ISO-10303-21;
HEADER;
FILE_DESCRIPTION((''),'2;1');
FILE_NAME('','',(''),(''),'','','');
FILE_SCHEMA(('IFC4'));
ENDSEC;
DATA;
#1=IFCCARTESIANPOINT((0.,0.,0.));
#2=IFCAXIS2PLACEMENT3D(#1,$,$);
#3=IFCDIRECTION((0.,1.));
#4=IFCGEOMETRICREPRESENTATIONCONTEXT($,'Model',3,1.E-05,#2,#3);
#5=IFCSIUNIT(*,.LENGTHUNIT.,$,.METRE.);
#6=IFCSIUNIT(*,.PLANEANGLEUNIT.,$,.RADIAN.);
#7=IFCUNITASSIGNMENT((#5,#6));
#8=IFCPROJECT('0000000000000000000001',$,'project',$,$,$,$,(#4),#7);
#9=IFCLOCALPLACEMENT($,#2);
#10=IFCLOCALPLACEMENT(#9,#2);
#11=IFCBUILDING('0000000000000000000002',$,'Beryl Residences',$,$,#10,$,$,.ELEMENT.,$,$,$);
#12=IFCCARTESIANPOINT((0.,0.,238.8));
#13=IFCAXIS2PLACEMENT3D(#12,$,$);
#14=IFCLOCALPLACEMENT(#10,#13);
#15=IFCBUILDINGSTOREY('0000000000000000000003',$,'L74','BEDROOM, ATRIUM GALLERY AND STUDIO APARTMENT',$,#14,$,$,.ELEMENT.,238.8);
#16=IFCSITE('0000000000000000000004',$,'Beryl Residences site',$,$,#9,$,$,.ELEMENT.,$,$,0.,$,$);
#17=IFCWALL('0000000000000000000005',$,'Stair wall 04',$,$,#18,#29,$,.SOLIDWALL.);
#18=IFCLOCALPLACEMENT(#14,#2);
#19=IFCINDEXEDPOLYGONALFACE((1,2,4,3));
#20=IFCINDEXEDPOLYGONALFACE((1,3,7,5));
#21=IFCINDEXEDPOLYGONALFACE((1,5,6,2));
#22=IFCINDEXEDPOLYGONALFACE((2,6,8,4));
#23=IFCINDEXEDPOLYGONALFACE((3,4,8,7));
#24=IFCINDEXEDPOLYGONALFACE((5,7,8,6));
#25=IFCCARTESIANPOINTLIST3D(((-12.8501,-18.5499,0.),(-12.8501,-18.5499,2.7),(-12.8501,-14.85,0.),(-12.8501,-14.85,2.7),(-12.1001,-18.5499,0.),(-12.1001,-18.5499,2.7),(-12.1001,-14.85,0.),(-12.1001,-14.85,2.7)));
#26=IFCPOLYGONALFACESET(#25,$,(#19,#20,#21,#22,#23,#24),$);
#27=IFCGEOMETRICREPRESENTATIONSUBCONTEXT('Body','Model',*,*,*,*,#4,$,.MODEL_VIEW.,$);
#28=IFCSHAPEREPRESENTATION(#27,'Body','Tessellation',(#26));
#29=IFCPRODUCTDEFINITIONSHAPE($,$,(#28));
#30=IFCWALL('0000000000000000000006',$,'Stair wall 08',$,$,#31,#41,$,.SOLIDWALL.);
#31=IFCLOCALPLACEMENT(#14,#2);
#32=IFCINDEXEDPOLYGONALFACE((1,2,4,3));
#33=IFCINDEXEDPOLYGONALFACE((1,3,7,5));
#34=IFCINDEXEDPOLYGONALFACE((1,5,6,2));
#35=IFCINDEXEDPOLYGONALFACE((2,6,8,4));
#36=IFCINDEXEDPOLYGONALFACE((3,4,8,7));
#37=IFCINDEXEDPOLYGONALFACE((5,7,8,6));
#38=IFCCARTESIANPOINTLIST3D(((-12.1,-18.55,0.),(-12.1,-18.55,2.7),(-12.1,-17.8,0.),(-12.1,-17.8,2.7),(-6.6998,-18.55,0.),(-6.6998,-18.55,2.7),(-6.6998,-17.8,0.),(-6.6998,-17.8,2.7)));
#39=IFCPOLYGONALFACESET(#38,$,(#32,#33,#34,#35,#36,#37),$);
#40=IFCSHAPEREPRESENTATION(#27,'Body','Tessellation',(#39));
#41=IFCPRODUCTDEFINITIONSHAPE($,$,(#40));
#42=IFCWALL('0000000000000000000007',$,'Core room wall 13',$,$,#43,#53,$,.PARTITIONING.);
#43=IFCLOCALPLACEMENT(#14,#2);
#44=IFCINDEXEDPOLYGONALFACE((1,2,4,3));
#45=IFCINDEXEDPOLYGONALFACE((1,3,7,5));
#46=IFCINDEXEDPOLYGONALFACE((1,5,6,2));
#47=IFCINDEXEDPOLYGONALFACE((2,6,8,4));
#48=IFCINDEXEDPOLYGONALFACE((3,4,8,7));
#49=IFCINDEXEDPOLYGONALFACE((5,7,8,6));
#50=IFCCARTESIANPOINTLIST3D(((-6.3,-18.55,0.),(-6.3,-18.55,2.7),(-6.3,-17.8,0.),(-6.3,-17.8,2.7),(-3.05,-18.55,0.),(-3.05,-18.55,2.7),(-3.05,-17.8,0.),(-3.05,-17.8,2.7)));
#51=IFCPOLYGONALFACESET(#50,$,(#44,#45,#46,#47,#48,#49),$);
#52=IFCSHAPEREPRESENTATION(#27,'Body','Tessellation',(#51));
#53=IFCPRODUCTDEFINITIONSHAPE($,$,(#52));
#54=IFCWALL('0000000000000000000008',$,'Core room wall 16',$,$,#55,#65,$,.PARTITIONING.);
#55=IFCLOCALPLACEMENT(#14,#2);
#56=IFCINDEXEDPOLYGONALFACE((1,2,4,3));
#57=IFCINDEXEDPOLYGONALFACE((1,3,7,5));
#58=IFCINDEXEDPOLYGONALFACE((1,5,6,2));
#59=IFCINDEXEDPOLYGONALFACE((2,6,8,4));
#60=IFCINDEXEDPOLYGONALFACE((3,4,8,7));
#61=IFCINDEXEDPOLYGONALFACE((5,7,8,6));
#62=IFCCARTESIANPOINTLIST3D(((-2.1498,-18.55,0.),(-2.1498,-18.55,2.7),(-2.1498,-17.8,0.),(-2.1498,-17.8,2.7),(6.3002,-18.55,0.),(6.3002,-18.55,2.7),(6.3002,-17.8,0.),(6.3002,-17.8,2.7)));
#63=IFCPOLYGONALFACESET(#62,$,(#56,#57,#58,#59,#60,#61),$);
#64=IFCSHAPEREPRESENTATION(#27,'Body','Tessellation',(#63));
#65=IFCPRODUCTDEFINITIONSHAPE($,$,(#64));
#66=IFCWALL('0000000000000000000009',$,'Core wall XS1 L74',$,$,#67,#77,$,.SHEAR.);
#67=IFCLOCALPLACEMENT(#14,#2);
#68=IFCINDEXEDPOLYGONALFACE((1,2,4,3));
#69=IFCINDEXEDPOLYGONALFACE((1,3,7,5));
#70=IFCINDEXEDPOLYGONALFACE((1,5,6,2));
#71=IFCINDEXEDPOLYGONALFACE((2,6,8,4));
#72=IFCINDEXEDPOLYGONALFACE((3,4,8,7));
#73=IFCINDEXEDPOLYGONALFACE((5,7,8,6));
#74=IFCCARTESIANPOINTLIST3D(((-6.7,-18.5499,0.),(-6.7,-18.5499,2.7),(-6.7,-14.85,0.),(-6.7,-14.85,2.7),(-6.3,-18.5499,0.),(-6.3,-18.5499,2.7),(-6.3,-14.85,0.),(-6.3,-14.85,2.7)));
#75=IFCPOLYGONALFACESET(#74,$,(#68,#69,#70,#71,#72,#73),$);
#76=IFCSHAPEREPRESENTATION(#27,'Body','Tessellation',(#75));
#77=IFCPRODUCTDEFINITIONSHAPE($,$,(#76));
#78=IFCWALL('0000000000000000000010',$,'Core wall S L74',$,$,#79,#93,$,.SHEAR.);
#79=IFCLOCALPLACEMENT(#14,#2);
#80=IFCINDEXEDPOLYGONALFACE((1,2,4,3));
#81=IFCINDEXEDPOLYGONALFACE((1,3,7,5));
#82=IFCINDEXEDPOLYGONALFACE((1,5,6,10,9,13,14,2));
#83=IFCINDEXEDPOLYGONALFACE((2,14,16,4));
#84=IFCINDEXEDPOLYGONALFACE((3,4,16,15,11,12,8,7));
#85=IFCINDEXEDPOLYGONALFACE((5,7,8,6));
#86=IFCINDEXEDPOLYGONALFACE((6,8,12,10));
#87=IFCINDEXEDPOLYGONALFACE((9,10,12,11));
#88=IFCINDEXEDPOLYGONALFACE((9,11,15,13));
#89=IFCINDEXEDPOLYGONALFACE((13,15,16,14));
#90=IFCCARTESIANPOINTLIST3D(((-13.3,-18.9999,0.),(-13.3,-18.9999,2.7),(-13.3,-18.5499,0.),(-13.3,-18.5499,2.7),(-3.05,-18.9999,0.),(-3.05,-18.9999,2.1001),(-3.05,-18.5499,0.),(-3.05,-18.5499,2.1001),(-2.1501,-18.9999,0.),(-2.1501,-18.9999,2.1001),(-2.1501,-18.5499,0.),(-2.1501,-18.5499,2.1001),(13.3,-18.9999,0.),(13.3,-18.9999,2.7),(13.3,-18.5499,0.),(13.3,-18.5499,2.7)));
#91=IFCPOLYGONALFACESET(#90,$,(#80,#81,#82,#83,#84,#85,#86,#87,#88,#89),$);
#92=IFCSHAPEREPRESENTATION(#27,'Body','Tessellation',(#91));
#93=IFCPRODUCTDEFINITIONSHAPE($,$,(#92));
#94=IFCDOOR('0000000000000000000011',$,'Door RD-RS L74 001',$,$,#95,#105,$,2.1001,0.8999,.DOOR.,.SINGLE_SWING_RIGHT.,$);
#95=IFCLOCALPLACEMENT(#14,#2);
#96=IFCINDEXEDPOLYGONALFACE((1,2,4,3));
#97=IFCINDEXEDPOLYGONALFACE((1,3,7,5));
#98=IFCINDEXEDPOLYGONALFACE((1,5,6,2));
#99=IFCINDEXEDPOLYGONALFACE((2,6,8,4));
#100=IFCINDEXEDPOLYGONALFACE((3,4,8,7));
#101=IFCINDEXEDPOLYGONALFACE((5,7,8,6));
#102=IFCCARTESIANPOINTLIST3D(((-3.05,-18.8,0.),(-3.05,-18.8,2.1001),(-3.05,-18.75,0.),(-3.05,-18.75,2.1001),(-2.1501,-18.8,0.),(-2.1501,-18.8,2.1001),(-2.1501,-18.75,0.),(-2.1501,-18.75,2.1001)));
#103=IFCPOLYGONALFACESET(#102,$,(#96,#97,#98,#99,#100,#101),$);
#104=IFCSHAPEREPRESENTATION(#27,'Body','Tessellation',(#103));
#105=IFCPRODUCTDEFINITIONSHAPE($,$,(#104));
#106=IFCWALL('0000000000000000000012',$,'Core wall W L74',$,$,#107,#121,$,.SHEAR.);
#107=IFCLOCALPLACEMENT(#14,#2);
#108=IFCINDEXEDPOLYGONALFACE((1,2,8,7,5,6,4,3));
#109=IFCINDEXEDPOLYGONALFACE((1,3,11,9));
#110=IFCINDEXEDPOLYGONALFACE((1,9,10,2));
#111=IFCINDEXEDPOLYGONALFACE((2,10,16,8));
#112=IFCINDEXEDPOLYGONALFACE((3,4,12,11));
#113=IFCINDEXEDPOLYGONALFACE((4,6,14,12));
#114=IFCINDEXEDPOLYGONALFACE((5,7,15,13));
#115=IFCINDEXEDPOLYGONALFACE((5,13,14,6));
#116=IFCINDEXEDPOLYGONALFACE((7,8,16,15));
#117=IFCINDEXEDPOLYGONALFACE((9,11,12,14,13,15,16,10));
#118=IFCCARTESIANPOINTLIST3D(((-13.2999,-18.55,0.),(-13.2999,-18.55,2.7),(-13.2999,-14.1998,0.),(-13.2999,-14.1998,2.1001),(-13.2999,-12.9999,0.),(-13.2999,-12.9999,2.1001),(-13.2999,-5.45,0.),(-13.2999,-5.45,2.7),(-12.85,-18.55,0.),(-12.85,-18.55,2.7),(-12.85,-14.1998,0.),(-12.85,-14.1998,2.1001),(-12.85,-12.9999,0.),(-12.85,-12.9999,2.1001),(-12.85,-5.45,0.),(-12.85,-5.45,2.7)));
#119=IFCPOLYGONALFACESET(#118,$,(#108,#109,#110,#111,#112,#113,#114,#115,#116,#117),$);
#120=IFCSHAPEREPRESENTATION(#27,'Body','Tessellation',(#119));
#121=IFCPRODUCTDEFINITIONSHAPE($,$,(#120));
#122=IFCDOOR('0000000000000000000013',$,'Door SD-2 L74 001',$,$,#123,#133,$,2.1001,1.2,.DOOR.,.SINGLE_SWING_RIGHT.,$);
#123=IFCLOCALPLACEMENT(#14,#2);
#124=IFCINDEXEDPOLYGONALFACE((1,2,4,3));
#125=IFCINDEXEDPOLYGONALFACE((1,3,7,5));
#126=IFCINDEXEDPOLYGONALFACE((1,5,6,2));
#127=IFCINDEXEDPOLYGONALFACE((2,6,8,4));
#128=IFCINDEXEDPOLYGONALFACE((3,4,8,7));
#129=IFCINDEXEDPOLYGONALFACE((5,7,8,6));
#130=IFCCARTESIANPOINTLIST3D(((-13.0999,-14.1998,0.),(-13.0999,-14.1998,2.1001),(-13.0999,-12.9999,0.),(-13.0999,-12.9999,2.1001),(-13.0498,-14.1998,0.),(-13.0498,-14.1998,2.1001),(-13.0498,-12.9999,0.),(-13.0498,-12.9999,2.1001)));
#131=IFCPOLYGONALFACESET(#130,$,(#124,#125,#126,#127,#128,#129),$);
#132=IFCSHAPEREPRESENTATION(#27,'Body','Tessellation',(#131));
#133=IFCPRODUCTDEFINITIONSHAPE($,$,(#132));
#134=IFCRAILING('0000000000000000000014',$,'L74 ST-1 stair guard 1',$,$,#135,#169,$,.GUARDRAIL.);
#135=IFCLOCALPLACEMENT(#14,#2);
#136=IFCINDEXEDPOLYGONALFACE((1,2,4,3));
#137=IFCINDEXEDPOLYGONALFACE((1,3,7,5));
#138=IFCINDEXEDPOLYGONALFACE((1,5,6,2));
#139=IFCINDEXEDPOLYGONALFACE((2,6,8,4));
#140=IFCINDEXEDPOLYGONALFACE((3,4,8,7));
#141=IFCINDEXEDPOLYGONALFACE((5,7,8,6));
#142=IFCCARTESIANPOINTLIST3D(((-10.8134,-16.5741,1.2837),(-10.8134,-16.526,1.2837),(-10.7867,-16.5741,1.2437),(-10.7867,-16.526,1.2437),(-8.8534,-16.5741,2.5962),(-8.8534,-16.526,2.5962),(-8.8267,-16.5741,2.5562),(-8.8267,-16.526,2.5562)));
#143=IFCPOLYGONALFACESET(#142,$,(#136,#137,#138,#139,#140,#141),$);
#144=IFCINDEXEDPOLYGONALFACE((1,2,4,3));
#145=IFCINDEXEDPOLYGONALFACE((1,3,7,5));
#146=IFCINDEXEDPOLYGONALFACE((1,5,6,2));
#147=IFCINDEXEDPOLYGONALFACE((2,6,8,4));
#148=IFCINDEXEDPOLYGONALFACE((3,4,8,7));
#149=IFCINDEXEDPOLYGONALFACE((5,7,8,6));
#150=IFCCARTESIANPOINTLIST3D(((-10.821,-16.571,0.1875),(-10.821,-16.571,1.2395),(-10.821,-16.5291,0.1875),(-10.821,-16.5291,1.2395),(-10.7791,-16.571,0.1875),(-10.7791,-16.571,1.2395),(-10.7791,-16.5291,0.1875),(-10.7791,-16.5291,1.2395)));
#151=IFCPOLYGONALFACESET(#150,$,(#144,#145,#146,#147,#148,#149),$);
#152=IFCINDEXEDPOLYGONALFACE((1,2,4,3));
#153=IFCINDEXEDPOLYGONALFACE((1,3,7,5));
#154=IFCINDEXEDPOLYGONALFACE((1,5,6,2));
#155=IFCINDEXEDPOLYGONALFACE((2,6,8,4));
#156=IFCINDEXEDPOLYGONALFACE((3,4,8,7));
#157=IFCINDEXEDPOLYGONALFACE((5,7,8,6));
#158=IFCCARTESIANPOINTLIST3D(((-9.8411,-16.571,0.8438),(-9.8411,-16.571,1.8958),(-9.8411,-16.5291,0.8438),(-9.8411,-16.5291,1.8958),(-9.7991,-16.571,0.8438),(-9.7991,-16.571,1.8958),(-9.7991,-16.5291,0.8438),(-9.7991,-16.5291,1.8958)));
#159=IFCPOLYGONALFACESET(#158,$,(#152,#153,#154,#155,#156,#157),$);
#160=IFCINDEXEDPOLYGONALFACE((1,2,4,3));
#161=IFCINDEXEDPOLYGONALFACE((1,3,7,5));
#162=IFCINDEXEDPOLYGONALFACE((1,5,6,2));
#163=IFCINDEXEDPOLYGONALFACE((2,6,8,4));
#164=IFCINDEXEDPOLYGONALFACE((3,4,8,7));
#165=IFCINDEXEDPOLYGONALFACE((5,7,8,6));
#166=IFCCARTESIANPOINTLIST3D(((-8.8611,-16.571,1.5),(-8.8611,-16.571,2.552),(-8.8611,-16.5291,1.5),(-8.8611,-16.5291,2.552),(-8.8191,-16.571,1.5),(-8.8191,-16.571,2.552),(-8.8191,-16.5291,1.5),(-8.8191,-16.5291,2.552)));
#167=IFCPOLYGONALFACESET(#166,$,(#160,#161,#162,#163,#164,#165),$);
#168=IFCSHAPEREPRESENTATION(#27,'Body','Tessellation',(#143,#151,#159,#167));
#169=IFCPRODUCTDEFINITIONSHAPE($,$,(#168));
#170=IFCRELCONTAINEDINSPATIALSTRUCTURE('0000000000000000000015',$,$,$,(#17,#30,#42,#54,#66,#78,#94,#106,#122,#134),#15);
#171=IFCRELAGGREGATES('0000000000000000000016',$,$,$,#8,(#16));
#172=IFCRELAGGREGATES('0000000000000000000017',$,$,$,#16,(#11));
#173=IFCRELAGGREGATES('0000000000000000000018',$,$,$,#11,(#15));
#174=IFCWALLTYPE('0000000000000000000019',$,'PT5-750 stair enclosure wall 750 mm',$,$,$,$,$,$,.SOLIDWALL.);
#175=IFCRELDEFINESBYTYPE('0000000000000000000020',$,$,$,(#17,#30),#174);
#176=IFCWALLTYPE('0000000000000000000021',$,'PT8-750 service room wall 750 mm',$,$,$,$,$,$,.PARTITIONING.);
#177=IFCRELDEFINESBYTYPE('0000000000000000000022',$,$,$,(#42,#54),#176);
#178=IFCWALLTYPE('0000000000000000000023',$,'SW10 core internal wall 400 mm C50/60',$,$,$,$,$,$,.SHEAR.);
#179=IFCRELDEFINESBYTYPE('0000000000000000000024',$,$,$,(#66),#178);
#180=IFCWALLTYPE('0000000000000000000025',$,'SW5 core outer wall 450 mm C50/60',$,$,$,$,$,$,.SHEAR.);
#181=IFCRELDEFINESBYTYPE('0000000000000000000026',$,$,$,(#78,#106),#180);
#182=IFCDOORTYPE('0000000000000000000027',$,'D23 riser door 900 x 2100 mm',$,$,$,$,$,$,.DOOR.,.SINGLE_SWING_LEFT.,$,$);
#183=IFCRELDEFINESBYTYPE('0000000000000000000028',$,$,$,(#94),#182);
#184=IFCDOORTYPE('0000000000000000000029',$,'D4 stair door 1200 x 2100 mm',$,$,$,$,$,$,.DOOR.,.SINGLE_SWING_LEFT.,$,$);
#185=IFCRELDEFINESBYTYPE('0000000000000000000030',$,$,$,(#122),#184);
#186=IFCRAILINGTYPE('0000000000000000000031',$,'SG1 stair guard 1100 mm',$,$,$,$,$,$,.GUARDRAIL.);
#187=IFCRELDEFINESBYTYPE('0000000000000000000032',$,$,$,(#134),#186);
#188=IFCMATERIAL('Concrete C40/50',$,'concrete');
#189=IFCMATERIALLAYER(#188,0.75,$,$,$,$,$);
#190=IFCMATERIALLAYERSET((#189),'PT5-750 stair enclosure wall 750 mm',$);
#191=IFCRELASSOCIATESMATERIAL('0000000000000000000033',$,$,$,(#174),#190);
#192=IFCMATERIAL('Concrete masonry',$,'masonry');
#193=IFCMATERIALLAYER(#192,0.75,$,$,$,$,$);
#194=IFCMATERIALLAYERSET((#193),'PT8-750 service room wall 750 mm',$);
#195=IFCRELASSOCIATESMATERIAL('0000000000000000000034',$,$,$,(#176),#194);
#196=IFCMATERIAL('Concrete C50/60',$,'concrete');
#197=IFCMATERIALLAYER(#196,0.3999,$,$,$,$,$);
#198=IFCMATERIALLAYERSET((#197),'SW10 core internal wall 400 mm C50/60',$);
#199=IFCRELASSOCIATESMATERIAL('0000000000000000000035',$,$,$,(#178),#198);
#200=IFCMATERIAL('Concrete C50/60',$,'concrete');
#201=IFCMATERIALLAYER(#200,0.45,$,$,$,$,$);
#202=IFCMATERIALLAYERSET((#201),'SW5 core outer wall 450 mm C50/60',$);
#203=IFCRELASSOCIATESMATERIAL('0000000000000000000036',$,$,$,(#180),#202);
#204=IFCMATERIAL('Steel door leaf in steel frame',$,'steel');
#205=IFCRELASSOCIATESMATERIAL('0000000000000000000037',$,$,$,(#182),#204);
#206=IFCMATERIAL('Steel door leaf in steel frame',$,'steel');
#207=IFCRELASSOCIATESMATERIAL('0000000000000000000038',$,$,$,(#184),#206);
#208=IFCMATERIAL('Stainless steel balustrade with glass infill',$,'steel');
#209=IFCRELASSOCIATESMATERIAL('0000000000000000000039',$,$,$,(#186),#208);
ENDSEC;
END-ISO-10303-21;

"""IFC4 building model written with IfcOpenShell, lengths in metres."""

from ifc_helpers import new_model, si_unit, direction, frame, frame_2d, origin, origin_2d, place, context, subcontext, project, spatial, rectangle, extrude, material, layer, layer_set, type_object, element, fill, save


model = new_model("IFC4")

# Units and contexts
model_context = context("Model", 3, precision=1e-05, world=origin(), true_north=direction((0.0, 1.0)))
body_context = subcontext(model_context, "Body", "Model", "MODEL_VIEW")
ifc_project = project(units=[si_unit("LENGTHUNIT", "METRE"), si_unit("PLANEANGLEUNIT", "RADIAN")], contexts=[model_context])

# Site, building, storey
site_placement = place(None, origin())
site = spatial("IfcSite", under=ifc_project, at=site_placement, Name="Beryl Residences site", CompositionType="ELEMENT", RefElevation=0.0)
building_placement = place(site_placement, origin())
building = spatial("IfcBuilding", under=site, at=building_placement, Name="Beryl Residences", CompositionType="ELEMENT")
storey_placement = place(building_placement, frame((0.0, 0.0, 238.8)))
storey = spatial("IfcBuildingStorey", under=building, at=storey_placement, Name="L74", Description="BEDROOM, ATRIUM GALLERY AND STUDIO APARTMENT", CompositionType="ELEMENT", Elevation=238.8)

# Walls
ifc_material_1 = material(Name="Concrete C40/50", Category="concrete")
ifc_layer_1 = layer(ifc_material_1, 0.75)
ifc_layer_set_1 = layer_set([ifc_layer_1], Name="PT5-750 stair enclosure wall 750 mm")
wall_type_1 = type_object("IfcWallType", Name="PT5-750 stair enclosure wall 750 mm", PredefinedType="SOLIDWALL", material=ifc_layer_set_1)
wall_1_placement = place(storey_placement, frame((-12.4751, -18.55, 0.0), z_axis=(0.0, 0.0, 1.0), x_axis=(0.0, 1.0, 0.0)))
element("IfcWall", 1, at=wall_1_placement, inside=storey, type_object=wall_type_1, Name="Stair wall 04", PredefinedType="SOLIDWALL", context=body_context, shape_type="SweptSolid", body=[
    extrude(rectangle(XDim=3.7, YDim=0.75, at=frame_2d((1.8501, 0.0))), origin(), (0.0, 0.0, 1.0), 2.7),
])
wall_2_placement = place(storey_placement, frame((-12.1001, -18.175, 0.0), z_axis=(0.0, 0.0, 1.0), x_axis=(1.0, 0.0, 0.0)))
element("IfcWall", 2, at=wall_2_placement, inside=storey, type_object=wall_type_1, Name="Stair wall 08", PredefinedType="SOLIDWALL", context=body_context, shape_type="SweptSolid", body=[
    extrude(rectangle(XDim=5.4001, YDim=0.75, at=frame_2d((2.7002, 0.0))), origin(), (0.0, 0.0, 1.0), 2.7),
])
ifc_material_2 = material(Name="Concrete masonry", Category="masonry")
ifc_layer_2 = layer(ifc_material_2, 0.75)
ifc_layer_set_2 = layer_set([ifc_layer_2], Name="PT8-750 service room wall 750 mm")
wall_type_2 = type_object("IfcWallType", Name="PT8-750 service room wall 750 mm", PredefinedType="PARTITIONING", material=ifc_layer_set_2)
wall_3_placement = place(storey_placement, frame((-6.3, -18.175, 0.0), z_axis=(0.0, 0.0, 1.0), x_axis=(1.0, 0.0, 0.0)))
element("IfcWall", 3, at=wall_3_placement, inside=storey, type_object=wall_type_2, Name="Core room wall 13", PredefinedType="PARTITIONING", context=body_context, shape_type="SweptSolid", body=[
    extrude(rectangle(XDim=3.25, YDim=0.75, at=frame_2d((1.625, 0.0))), origin(), (0.0, 0.0, 1.0), 2.7),
])
wall_4_placement = place(storey_placement, frame((-2.1499, -18.175, 0.0), z_axis=(0.0, 0.0, 1.0), x_axis=(1.0, 0.0, 0.0)))
element("IfcWall", 4, at=wall_4_placement, inside=storey, type_object=wall_type_2, Name="Core room wall 16", PredefinedType="PARTITIONING", context=body_context, shape_type="SweptSolid", body=[
    extrude(rectangle(XDim=8.45, YDim=0.75, at=frame_2d((4.2251, 0.0))), origin(), (0.0, 0.0, 1.0), 2.7),
])
ifc_material_3 = material(Name="Concrete C50/60", Category="concrete")
ifc_layer_3 = layer(ifc_material_3, 0.3999)
ifc_layer_set_3 = layer_set([ifc_layer_3], Name="SW10 core internal wall 400 mm C50/60")
wall_type_3 = type_object("IfcWallType", Name="SW10 core internal wall 400 mm C50/60", PredefinedType="SHEAR", material=ifc_layer_set_3)
wall_5_placement = place(storey_placement, frame((-6.5, -18.55, 0.0), z_axis=(0.0, 0.0, 1.0), x_axis=(0.0, 1.0, 0.0)))
element("IfcWall", 5, at=wall_5_placement, inside=storey, type_object=wall_type_3, Name="Core wall XS1 L74", PredefinedType="SHEAR", context=body_context, shape_type="SweptSolid", body=[
    extrude(rectangle(XDim=3.7, YDim=0.3999, at=frame_2d((1.8501, 0.0))), origin(), (0.0, 0.0, 1.0), 2.7),
])

# Walls, openings, doors
ifc_material_4 = material(Name="Concrete C50/60", Category="concrete")
ifc_layer_4 = layer(ifc_material_4, 0.45)
ifc_layer_set_4 = layer_set([ifc_layer_4], Name="SW5 core outer wall 450 mm C50/60")
wall_type_4 = type_object("IfcWallType", Name="SW5 core outer wall 450 mm C50/60", PredefinedType="SHEAR", material=ifc_layer_set_4)
wall_6_placement = place(storey_placement, frame((-13.3, -18.7749, 0.0), z_axis=(0.0, 0.0, 1.0), x_axis=(1.0, 0.0, 0.0)))
wall_6 = element("IfcWall", 6, at=wall_6_placement, inside=storey, type_object=wall_type_4, Name="Core wall S L74", PredefinedType="SHEAR", context=body_context, shape_type="SweptSolid", body=[
    extrude(rectangle(XDim=26.6001, YDim=0.45, at=frame_2d((13.3, 0.0))), origin(), (0.0, 0.0, 1.0), 2.7),
])
opening_1_placement = place(wall_6_placement, frame((10.25, 0.0, 0.0)))
opening_1 = element("IfcOpeningElement", 7, at=opening_1_placement, cuts=wall_6, PredefinedType="OPENING", context=body_context, shape_type="SweptSolid", body=[
    extrude(rectangle(XDim=0.8999, YDim=2.1001, at=frame_2d((0.45, 1.05))), frame((0.0, 0.2349, 0.0), z_axis=(0.0, -1.0, 0.0), x_axis=(1.0, 0.0, 0.0)), (0.0, 0.0, 1.0), 0.47),
])
ifc_material_5 = material(Name="Steel door leaf in steel frame", Category="steel")
door_type_1 = type_object("IfcDoorType", Name="D23 riser door 900 x 2100 mm", OperationType="SINGLE_SWING_LEFT", PredefinedType="DOOR", material=ifc_material_5)
door_1_placement = place(opening_1_placement, origin())
door_1 = element("IfcDoor", 8, at=door_1_placement, inside=storey, type_object=door_type_1, Name="Door RD-RS L74 001", OperationType="SINGLE_SWING_RIGHT", OverallHeight=2.1001, OverallWidth=0.8999, PredefinedType="DOOR", context=body_context, shape_type="SweptSolid", body=[
    extrude(rectangle(XDim=0.8999, YDim=2.1001, at=frame_2d((0.45, 1.05))), frame((0.0, 0.0249, 0.0), z_axis=(0.0, -1.0, 0.0), x_axis=(1.0, 0.0, 0.0)), (0.0, 0.0, 1.0), 0.05),
])
fill(opening_1, door_1)
wall_7_placement = place(storey_placement, frame((-13.075, -18.55, 0.0), z_axis=(0.0, 0.0, 1.0), x_axis=(0.0, 1.0, 0.0)))
wall_7 = element("IfcWall", 9, at=wall_7_placement, inside=storey, type_object=wall_type_4, Name="Core wall W L74", PredefinedType="SHEAR", context=body_context, shape_type="SweptSolid", body=[
    extrude(rectangle(XDim=13.1001, YDim=0.45, at=frame_2d((6.55, 0.0))), origin(), (0.0, 0.0, 1.0), 2.7),
])
opening_2_placement = place(wall_7_placement, frame((4.3501, 0.0, 0.0)))
opening_2 = element("IfcOpeningElement", 10, at=opening_2_placement, cuts=wall_7, PredefinedType="OPENING", context=body_context, shape_type="SweptSolid", body=[
    extrude(rectangle(XDim=1.2, YDim=2.1001, at=frame_2d((0.6001, 1.05))), frame((0.0, 0.2349, 0.0), z_axis=(0.0, -1.0, 0.0), x_axis=(1.0, 0.0, 0.0)), (0.0, 0.0, 1.0), 0.47),
])
ifc_material_6 = material(Name="Steel door leaf in steel frame", Category="steel")
door_type_2 = type_object("IfcDoorType", Name="D4 stair door 1200 x 2100 mm", OperationType="SINGLE_SWING_LEFT", PredefinedType="DOOR", material=ifc_material_6)
door_2_placement = place(opening_2_placement, origin())
door_2 = element("IfcDoor", 11, at=door_2_placement, inside=storey, type_object=door_type_2, Name="Door SD-2 L74 001", OperationType="SINGLE_SWING_RIGHT", OverallHeight=2.1001, OverallWidth=1.2, PredefinedType="DOOR", context=body_context, shape_type="SweptSolid", body=[
    extrude(rectangle(XDim=1.2, YDim=2.1001, at=frame_2d((0.6001, 1.05))), frame((0.0, 0.0249, 0.0), z_axis=(0.0, -1.0, 0.0), x_axis=(1.0, 0.0, 0.0)), (0.0, 0.0, 1.0), 0.05),
])
fill(opening_2, door_2)

# Railing
ifc_material_7 = material(Name="Stainless steel balustrade with glass infill", Category="steel")
railing_type_1 = type_object("IfcRailingType", Name="SG1 stair guard 1100 mm", PredefinedType="GUARDRAIL", material=ifc_material_7)
railing_1_placement = place(storey_placement, frame((-10.8, -16.55, 0.1875)))
element("IfcRailing", 12, at=railing_1_placement, inside=storey, type_object=railing_type_1, Name="L74 ST-1 stair guard 1", PredefinedType="GUARDRAIL", context=body_context, shape_type="SweptSolid", body=[
    extrude(rectangle(XDim=0.0481, YDim=0.0481, at=origin_2d()), frame((0.0, 0.0, 1.0762), z_axis=(0.830902, 0.0, 0.556419), x_axis=(0.0, 1.0, 0.0)), (0.0, 0.0, 1.0), 2.3589),
    extrude(rectangle(XDim=0.042, YDim=0.042, at=origin_2d()), origin(), (0.0, 0.0, 1.0), 1.052),
    extrude(rectangle(XDim=0.042, YDim=0.042, at=origin_2d()), frame((0.98, 0.0, 0.6562)), (0.0, 0.0, 1.0), 1.052),
    extrude(rectangle(XDim=0.042, YDim=0.042, at=origin_2d()), frame((1.96, 0.0, 1.3125)), (0.0, 0.0, 1.0), 1.052),
])

save(model, "model.ifc")
